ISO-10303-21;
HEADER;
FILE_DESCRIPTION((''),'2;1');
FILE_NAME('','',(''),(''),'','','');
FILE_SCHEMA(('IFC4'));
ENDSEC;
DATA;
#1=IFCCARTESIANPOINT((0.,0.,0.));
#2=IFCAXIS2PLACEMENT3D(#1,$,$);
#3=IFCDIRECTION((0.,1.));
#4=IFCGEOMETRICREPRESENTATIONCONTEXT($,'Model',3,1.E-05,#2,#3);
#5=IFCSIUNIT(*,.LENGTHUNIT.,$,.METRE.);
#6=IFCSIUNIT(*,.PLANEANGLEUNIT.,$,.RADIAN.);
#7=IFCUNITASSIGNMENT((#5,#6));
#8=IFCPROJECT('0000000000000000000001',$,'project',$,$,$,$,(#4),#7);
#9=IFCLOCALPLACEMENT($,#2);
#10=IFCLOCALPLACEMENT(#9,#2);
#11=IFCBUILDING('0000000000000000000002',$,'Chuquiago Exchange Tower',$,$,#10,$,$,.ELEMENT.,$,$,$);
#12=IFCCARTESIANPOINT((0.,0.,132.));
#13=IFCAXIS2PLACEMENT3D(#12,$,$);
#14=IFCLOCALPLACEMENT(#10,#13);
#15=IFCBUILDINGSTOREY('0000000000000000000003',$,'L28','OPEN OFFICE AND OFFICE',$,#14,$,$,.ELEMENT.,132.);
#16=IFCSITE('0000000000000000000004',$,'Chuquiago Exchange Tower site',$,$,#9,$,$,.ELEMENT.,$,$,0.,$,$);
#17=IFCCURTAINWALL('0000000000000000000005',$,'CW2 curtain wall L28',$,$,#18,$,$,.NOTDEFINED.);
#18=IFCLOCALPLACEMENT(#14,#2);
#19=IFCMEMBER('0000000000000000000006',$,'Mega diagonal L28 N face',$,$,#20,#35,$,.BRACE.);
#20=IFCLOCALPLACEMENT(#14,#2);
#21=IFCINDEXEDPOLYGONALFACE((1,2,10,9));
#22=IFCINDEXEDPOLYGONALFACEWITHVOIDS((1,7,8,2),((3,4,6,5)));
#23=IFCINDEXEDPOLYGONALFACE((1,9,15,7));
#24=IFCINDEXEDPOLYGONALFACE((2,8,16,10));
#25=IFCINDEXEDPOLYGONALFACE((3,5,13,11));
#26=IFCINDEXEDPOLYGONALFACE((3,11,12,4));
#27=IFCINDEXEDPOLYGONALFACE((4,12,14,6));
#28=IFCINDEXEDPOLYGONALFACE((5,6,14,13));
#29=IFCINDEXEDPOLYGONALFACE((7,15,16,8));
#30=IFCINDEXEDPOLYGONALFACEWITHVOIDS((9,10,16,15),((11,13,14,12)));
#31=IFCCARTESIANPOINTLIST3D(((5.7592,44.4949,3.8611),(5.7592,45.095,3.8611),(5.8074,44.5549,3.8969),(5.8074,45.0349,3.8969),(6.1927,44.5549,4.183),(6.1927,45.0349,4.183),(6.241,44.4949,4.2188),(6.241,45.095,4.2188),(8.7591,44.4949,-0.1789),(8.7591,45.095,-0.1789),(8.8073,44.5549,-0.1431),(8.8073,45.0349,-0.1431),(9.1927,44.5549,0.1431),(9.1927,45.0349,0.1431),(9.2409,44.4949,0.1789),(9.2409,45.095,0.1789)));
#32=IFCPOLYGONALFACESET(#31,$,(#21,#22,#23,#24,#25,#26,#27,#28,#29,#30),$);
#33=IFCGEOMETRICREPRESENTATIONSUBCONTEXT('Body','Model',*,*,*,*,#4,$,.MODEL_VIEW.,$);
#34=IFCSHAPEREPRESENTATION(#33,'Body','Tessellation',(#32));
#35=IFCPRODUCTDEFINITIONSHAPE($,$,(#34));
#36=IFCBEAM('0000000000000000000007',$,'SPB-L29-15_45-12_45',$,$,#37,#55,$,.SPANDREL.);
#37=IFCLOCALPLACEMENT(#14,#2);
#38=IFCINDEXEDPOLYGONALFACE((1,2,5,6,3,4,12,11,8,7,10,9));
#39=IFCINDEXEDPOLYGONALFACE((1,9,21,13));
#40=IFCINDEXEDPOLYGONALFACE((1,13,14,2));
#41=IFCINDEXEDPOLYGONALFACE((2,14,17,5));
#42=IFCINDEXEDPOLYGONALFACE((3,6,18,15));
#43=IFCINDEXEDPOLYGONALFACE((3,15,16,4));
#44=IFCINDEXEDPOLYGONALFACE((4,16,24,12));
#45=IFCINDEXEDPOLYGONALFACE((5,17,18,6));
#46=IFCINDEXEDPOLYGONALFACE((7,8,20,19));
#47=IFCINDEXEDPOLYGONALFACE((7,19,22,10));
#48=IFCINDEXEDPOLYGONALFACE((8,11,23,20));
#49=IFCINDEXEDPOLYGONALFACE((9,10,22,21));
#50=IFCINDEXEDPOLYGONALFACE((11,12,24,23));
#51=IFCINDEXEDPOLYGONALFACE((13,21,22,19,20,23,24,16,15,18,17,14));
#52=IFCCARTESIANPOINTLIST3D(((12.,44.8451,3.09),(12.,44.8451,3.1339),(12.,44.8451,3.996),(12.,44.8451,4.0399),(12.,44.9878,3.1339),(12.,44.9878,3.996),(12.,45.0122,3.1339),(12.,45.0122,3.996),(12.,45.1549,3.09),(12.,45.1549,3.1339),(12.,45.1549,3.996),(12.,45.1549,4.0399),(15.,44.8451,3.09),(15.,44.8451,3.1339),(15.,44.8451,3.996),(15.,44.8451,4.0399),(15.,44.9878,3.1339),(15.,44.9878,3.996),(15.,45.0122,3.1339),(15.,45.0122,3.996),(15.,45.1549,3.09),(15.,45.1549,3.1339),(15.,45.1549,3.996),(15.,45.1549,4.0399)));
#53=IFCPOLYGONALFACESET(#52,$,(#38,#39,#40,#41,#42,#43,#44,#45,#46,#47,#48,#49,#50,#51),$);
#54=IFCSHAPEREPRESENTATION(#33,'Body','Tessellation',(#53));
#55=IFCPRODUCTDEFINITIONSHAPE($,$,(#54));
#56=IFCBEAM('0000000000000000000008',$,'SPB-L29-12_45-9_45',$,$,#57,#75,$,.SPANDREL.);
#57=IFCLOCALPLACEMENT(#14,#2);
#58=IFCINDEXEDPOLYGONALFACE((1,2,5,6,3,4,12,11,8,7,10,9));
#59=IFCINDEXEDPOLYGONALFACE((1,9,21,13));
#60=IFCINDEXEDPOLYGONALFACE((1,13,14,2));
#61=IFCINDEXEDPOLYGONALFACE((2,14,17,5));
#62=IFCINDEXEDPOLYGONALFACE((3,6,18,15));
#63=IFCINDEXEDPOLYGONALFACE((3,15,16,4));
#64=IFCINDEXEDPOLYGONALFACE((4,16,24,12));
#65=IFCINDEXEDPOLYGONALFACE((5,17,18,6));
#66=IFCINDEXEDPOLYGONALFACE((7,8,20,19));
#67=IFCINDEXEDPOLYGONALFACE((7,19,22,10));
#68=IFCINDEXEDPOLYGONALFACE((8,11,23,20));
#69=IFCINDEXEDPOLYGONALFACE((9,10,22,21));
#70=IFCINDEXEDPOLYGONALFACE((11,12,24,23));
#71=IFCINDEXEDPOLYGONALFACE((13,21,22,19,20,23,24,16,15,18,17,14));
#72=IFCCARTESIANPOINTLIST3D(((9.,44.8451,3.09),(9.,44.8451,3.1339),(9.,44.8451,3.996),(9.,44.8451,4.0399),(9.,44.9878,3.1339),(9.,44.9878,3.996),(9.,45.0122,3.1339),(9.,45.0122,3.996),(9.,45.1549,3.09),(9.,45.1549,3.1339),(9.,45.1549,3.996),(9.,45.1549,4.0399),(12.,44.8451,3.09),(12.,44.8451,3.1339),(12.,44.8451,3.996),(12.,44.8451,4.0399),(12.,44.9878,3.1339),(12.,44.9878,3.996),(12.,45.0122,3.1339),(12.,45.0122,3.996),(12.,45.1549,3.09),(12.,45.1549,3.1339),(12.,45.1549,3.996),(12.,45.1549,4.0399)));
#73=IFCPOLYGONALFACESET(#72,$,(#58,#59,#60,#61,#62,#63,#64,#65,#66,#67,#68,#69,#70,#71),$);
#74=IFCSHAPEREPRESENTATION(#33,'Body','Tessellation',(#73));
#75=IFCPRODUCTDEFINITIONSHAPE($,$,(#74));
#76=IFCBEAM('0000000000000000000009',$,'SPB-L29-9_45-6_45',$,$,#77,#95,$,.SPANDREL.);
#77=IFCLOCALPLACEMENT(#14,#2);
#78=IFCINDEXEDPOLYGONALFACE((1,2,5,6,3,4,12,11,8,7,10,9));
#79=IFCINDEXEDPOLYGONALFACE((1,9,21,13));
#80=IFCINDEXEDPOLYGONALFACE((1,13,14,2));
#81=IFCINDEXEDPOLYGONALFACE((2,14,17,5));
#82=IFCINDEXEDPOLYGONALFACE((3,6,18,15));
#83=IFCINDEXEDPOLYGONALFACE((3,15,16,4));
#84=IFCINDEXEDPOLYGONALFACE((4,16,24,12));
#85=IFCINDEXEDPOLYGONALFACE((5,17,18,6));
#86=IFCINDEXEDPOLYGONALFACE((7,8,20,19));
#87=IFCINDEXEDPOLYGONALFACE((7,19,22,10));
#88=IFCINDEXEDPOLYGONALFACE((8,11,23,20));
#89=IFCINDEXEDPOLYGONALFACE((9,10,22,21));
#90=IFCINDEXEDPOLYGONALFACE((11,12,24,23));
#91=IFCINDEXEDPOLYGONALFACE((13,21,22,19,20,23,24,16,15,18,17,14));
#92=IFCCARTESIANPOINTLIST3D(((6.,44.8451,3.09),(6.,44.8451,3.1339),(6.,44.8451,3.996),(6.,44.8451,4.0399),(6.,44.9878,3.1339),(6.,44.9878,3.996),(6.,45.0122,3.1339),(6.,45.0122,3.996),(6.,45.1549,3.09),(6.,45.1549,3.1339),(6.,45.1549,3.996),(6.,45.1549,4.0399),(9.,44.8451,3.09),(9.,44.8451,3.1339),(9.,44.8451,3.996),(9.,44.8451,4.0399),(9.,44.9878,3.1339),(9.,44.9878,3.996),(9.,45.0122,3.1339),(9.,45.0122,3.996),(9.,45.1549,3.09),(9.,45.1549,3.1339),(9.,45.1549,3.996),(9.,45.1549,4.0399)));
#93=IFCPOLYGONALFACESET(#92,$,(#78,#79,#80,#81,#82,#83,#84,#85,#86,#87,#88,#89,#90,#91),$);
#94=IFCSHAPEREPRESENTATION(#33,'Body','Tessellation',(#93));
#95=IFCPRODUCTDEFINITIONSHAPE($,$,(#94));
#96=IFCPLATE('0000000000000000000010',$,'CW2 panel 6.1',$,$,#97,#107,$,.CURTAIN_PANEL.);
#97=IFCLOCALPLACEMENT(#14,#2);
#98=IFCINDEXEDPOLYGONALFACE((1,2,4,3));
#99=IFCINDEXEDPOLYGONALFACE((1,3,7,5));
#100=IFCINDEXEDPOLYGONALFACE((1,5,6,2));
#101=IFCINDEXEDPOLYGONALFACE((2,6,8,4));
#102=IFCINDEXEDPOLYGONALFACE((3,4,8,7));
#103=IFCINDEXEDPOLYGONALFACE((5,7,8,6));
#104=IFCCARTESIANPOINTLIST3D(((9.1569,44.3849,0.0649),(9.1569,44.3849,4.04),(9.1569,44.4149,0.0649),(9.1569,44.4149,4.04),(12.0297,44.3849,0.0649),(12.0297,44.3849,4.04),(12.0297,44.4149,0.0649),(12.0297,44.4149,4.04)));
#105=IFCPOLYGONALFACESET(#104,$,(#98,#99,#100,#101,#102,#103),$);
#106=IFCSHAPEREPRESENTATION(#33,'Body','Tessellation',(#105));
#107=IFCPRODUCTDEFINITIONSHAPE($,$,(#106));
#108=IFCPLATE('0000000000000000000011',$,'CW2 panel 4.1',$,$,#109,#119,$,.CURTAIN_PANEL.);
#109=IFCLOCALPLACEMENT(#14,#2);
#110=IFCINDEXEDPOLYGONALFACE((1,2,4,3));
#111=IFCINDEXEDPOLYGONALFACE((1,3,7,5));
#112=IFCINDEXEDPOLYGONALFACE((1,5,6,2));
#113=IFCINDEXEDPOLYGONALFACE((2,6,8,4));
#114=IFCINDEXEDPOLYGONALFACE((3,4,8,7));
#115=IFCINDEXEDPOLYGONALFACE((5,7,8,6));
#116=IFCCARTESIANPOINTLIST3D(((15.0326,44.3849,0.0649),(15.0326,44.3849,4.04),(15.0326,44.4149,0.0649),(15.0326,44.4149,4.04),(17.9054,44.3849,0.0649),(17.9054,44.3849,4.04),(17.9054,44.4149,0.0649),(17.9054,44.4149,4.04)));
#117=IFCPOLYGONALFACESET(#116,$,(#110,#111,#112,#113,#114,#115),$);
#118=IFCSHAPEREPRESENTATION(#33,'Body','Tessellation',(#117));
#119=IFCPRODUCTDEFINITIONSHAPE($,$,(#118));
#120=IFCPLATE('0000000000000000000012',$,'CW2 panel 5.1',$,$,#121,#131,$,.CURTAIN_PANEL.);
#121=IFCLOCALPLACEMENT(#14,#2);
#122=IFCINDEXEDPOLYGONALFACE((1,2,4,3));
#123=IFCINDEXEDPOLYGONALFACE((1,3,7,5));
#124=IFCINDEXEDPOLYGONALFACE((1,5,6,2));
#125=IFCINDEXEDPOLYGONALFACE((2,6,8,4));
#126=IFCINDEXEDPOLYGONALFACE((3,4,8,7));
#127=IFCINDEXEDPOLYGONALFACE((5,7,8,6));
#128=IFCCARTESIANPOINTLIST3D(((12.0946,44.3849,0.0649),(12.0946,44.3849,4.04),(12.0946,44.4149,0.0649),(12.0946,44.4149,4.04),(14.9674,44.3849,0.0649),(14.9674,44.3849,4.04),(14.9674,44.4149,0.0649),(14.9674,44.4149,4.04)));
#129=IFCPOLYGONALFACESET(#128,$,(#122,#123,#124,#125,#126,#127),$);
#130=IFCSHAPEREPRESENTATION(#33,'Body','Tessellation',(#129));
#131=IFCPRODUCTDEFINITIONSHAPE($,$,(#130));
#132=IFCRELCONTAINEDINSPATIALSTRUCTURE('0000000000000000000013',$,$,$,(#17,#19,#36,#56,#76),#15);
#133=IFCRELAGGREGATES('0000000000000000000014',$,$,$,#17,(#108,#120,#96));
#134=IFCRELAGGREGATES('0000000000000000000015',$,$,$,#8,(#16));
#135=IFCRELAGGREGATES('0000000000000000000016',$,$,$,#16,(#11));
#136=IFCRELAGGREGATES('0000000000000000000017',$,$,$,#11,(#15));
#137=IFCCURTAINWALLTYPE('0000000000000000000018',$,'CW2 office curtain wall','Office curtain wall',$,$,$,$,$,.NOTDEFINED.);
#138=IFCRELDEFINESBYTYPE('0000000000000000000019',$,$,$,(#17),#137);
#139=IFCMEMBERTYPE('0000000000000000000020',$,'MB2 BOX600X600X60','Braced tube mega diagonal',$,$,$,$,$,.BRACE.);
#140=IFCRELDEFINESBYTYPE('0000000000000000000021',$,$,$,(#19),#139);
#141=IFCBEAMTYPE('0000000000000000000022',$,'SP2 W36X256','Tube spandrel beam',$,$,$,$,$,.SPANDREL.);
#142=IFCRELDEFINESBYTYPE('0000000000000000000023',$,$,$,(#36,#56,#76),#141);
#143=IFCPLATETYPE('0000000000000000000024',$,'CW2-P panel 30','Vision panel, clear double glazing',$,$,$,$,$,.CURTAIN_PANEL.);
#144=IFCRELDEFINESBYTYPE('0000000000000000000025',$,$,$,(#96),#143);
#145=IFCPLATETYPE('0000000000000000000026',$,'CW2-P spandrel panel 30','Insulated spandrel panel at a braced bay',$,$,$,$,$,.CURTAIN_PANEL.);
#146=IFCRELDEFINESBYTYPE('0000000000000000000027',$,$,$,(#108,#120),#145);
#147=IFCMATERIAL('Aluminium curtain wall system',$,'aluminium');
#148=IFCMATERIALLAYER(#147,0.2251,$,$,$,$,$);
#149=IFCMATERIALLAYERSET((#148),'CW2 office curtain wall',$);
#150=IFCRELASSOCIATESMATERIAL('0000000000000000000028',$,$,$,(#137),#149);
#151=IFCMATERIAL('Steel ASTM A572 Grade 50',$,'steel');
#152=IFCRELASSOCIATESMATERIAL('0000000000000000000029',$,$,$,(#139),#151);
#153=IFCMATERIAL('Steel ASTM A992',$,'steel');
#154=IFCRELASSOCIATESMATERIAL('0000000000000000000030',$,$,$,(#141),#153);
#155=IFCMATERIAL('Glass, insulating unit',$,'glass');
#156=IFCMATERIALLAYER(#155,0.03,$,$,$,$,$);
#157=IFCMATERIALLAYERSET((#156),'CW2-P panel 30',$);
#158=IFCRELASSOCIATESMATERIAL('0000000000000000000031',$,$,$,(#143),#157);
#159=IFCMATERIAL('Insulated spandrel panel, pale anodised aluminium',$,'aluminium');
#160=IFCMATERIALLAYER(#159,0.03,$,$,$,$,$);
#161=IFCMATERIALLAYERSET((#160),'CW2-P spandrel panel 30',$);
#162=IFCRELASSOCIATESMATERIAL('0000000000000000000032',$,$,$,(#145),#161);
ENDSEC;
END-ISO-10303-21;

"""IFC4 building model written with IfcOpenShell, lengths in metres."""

from ifc_helpers import new_model, si_unit, direction, frame, origin, origin_2d, place, context, subcontext, project, spatial, rectangle, hollow_rectangle, i_section, extrude, material, layer, layer_set, material_profile, profile_set, type_object, element, aggregate, save


model = new_model("IFC4")

# Units and contexts
model_context = context("Model", 3, precision=1e-05, world=origin(), true_north=direction((0.0, 1.0)))
body_context = subcontext(model_context, "Body", "Model", "MODEL_VIEW")
ifc_project = project(units=[si_unit("LENGTHUNIT", "METRE"), si_unit("PLANEANGLEUNIT", "RADIAN")], contexts=[model_context])

# Site, building, storey
site_placement = place(None, origin())
site = spatial("IfcSite", under=ifc_project, at=site_placement, Name="Chuquiago Exchange Tower site", CompositionType="ELEMENT", RefElevation=0.0)
building_placement = place(site_placement, origin())
building = spatial("IfcBuilding", under=site, at=building_placement, Name="Chuquiago Exchange Tower", CompositionType="ELEMENT")
storey_placement = place(building_placement, frame((0.0, 0.0, 132.0)))
storey = spatial("IfcBuildingStorey", under=building, at=storey_placement, Name="L28", Description="OPEN OFFICE AND OFFICE", CompositionType="ELEMENT", Elevation=132.0)

# Curtain wall
ifc_material_1 = material(Name="Aluminium curtain wall system", Category="aluminium")
ifc_layer_1 = layer(ifc_material_1, 0.2251)
ifc_layer_set_1 = layer_set([ifc_layer_1], Name="CW2 office curtain wall")
curtain_wall_type = type_object("IfcCurtainWallType", Name="CW2 office curtain wall", Description="Office curtain wall", PredefinedType="NOTDEFINED", material=ifc_layer_set_1)
curtain_wall_placement = place(storey_placement, origin())
curtain_wall = element("IfcCurtainWall", 1, at=curtain_wall_placement, inside=storey, type_object=curtain_wall_type, Name="CW2 curtain wall L28", PredefinedType="NOTDEFINED")

# Member
ifc_material_2 = material(Name="Steel ASTM A572 Grade 50", Category="steel")
ifc_material_profile_1 = material_profile(ifc_material_2, hollow_rectangle(XDim=0.6001, YDim=0.6001, WallThickness=0.0601, at=origin_2d()), Name="BOX600X600X60")
ifc_profile_set_1 = profile_set([ifc_material_profile_1], Name="Steel ASTM A572 Grade 50")
member_type_1 = type_object("IfcMemberType", Name="MB2 BOX600X600X60", Description="Braced tube mega diagonal", PredefinedType="BRACE", material=ifc_profile_set_1)
for number, where, z_axis, x_axis, name in (
    (2, (9.0, 44.7949, 0.0), (-0.596174, 0.0, 0.802855), (0.0, -1.0, 0.0), "Mega diagonal L28 N face"),
):
    element("IfcMember", number, at=place(storey_placement, frame(where, z_axis=z_axis, x_axis=x_axis)), inside=storey, type_object=member_type_1, Name=name, PredefinedType="BRACE", context=body_context, shape_type="SweptSolid", body=[
        extrude(hollow_rectangle(XDim=0.6001, YDim=0.6001, WallThickness=0.0601, at=origin_2d()), origin(), (0.0, 0.0, 1.0), 5.032),
    ])

# Beams
ifc_material_3 = material(Name="Steel ASTM A992", Category="steel")
ifc_material_profile_2 = material_profile(ifc_material_3, i_section(OverallWidth=0.3098, OverallDepth=0.95, WebThickness=0.0244, FlangeThickness=0.0439, at=origin_2d()), Name="W36X256")
ifc_profile_set_2 = profile_set([ifc_material_profile_2], Name="Steel ASTM A992")
beam_type = type_object("IfcBeamType", Name="SP2 W36X256", Description="Tube spandrel beam", PredefinedType="SPANDREL", material=ifc_profile_set_2)
for number, where, z_axis, x_axis, name in (
    (3, (15.0, 45.0, 3.5649), (-1.0, 0.0, 0.0), (0.0, -1.0, 0.0), "SPB-L29-15_45-12_45"),
    (4, (12.0, 45.0, 3.5649), (-1.0, 0.0, 0.0), (0.0, -1.0, 0.0), "SPB-L29-12_45-9_45"),
    (5, (9.0, 45.0, 3.5649), (-1.0, 0.0, 0.0), (0.0, -1.0, 0.0), "SPB-L29-9_45-6_45"),
):
    element("IfcBeam", number, at=place(storey_placement, frame(where, z_axis=z_axis, x_axis=x_axis)), inside=storey, type_object=beam_type, Name=name, PredefinedType="SPANDREL", context=body_context, shape_type="SweptSolid", body=[
        extrude(i_section(OverallWidth=0.3098, OverallDepth=0.95, WebThickness=0.0244, FlangeThickness=0.0439, at=origin_2d()), origin(), (0.0, 0.0, 1.0), 3.0),
    ])

# Plates
ifc_material_4 = material(Name="Glass, insulating unit", Category="glass")
ifc_layer_2 = layer(ifc_material_4, 0.03)
ifc_layer_set_2 = layer_set([ifc_layer_2], Name="CW2-P panel 30")
plate_type_1 = type_object("IfcPlateType", Name="CW2-P panel 30", Description="Vision panel, clear double glazing", PredefinedType="CURTAIN_PANEL", material=ifc_layer_set_2)
plate_1_placement = place(storey_placement, frame((10.5933, 44.3999, 0.0649), z_axis=(0.0, 0.0, 1.0), x_axis=(-1.0, 0.0, 0.0)))
plate_1 = element("IfcPlate", 6, at=plate_1_placement, type_object=plate_type_1, Name="CW2 panel 6.1", PredefinedType="CURTAIN_PANEL", context=body_context, shape_type="SweptSolid", body=[
    extrude(rectangle(XDim=2.8728, YDim=0.03, at=origin_2d()), origin(), (0.0, 0.0, 1.0), 3.9751),
])
ifc_material_5 = material(Name="Insulated spandrel panel, pale anodised aluminium", Category="aluminium")
ifc_layer_3 = layer(ifc_material_5, 0.03)
ifc_layer_set_3 = layer_set([ifc_layer_3], Name="CW2-P spandrel panel 30")
plate_type_2 = type_object("IfcPlateType", Name="CW2-P spandrel panel 30", Description="Insulated spandrel panel at a braced bay", PredefinedType="CURTAIN_PANEL", material=ifc_layer_set_3)
plate_2_placement = place(storey_placement, frame((16.469, 44.3999, 0.0649), z_axis=(0.0, 0.0, 1.0), x_axis=(-1.0, 0.0, 0.0)))
plate_2 = element("IfcPlate", 7, at=plate_2_placement, type_object=plate_type_2, Name="CW2 panel 4.1", PredefinedType="CURTAIN_PANEL", context=body_context, shape_type="SweptSolid", body=[
    extrude(rectangle(XDim=2.8728, YDim=0.03, at=origin_2d()), origin(), (0.0, 0.0, 1.0), 3.9751),
])
plate_3_placement = place(storey_placement, frame((13.531, 44.3999, 0.0649), z_axis=(0.0, 0.0, 1.0), x_axis=(-1.0, 0.0, 0.0)))
plate_3 = element("IfcPlate", 8, at=plate_3_placement, type_object=plate_type_2, Name="CW2 panel 5.1", PredefinedType="CURTAIN_PANEL", context=body_context, shape_type="SweptSolid", body=[
    extrude(rectangle(XDim=2.8728, YDim=0.03, at=origin_2d()), origin(), (0.0, 0.0, 1.0), 3.9751),
])
aggregate(curtain_wall, [plate_2, plate_3, plate_1])

save(model, "model.ifc")
